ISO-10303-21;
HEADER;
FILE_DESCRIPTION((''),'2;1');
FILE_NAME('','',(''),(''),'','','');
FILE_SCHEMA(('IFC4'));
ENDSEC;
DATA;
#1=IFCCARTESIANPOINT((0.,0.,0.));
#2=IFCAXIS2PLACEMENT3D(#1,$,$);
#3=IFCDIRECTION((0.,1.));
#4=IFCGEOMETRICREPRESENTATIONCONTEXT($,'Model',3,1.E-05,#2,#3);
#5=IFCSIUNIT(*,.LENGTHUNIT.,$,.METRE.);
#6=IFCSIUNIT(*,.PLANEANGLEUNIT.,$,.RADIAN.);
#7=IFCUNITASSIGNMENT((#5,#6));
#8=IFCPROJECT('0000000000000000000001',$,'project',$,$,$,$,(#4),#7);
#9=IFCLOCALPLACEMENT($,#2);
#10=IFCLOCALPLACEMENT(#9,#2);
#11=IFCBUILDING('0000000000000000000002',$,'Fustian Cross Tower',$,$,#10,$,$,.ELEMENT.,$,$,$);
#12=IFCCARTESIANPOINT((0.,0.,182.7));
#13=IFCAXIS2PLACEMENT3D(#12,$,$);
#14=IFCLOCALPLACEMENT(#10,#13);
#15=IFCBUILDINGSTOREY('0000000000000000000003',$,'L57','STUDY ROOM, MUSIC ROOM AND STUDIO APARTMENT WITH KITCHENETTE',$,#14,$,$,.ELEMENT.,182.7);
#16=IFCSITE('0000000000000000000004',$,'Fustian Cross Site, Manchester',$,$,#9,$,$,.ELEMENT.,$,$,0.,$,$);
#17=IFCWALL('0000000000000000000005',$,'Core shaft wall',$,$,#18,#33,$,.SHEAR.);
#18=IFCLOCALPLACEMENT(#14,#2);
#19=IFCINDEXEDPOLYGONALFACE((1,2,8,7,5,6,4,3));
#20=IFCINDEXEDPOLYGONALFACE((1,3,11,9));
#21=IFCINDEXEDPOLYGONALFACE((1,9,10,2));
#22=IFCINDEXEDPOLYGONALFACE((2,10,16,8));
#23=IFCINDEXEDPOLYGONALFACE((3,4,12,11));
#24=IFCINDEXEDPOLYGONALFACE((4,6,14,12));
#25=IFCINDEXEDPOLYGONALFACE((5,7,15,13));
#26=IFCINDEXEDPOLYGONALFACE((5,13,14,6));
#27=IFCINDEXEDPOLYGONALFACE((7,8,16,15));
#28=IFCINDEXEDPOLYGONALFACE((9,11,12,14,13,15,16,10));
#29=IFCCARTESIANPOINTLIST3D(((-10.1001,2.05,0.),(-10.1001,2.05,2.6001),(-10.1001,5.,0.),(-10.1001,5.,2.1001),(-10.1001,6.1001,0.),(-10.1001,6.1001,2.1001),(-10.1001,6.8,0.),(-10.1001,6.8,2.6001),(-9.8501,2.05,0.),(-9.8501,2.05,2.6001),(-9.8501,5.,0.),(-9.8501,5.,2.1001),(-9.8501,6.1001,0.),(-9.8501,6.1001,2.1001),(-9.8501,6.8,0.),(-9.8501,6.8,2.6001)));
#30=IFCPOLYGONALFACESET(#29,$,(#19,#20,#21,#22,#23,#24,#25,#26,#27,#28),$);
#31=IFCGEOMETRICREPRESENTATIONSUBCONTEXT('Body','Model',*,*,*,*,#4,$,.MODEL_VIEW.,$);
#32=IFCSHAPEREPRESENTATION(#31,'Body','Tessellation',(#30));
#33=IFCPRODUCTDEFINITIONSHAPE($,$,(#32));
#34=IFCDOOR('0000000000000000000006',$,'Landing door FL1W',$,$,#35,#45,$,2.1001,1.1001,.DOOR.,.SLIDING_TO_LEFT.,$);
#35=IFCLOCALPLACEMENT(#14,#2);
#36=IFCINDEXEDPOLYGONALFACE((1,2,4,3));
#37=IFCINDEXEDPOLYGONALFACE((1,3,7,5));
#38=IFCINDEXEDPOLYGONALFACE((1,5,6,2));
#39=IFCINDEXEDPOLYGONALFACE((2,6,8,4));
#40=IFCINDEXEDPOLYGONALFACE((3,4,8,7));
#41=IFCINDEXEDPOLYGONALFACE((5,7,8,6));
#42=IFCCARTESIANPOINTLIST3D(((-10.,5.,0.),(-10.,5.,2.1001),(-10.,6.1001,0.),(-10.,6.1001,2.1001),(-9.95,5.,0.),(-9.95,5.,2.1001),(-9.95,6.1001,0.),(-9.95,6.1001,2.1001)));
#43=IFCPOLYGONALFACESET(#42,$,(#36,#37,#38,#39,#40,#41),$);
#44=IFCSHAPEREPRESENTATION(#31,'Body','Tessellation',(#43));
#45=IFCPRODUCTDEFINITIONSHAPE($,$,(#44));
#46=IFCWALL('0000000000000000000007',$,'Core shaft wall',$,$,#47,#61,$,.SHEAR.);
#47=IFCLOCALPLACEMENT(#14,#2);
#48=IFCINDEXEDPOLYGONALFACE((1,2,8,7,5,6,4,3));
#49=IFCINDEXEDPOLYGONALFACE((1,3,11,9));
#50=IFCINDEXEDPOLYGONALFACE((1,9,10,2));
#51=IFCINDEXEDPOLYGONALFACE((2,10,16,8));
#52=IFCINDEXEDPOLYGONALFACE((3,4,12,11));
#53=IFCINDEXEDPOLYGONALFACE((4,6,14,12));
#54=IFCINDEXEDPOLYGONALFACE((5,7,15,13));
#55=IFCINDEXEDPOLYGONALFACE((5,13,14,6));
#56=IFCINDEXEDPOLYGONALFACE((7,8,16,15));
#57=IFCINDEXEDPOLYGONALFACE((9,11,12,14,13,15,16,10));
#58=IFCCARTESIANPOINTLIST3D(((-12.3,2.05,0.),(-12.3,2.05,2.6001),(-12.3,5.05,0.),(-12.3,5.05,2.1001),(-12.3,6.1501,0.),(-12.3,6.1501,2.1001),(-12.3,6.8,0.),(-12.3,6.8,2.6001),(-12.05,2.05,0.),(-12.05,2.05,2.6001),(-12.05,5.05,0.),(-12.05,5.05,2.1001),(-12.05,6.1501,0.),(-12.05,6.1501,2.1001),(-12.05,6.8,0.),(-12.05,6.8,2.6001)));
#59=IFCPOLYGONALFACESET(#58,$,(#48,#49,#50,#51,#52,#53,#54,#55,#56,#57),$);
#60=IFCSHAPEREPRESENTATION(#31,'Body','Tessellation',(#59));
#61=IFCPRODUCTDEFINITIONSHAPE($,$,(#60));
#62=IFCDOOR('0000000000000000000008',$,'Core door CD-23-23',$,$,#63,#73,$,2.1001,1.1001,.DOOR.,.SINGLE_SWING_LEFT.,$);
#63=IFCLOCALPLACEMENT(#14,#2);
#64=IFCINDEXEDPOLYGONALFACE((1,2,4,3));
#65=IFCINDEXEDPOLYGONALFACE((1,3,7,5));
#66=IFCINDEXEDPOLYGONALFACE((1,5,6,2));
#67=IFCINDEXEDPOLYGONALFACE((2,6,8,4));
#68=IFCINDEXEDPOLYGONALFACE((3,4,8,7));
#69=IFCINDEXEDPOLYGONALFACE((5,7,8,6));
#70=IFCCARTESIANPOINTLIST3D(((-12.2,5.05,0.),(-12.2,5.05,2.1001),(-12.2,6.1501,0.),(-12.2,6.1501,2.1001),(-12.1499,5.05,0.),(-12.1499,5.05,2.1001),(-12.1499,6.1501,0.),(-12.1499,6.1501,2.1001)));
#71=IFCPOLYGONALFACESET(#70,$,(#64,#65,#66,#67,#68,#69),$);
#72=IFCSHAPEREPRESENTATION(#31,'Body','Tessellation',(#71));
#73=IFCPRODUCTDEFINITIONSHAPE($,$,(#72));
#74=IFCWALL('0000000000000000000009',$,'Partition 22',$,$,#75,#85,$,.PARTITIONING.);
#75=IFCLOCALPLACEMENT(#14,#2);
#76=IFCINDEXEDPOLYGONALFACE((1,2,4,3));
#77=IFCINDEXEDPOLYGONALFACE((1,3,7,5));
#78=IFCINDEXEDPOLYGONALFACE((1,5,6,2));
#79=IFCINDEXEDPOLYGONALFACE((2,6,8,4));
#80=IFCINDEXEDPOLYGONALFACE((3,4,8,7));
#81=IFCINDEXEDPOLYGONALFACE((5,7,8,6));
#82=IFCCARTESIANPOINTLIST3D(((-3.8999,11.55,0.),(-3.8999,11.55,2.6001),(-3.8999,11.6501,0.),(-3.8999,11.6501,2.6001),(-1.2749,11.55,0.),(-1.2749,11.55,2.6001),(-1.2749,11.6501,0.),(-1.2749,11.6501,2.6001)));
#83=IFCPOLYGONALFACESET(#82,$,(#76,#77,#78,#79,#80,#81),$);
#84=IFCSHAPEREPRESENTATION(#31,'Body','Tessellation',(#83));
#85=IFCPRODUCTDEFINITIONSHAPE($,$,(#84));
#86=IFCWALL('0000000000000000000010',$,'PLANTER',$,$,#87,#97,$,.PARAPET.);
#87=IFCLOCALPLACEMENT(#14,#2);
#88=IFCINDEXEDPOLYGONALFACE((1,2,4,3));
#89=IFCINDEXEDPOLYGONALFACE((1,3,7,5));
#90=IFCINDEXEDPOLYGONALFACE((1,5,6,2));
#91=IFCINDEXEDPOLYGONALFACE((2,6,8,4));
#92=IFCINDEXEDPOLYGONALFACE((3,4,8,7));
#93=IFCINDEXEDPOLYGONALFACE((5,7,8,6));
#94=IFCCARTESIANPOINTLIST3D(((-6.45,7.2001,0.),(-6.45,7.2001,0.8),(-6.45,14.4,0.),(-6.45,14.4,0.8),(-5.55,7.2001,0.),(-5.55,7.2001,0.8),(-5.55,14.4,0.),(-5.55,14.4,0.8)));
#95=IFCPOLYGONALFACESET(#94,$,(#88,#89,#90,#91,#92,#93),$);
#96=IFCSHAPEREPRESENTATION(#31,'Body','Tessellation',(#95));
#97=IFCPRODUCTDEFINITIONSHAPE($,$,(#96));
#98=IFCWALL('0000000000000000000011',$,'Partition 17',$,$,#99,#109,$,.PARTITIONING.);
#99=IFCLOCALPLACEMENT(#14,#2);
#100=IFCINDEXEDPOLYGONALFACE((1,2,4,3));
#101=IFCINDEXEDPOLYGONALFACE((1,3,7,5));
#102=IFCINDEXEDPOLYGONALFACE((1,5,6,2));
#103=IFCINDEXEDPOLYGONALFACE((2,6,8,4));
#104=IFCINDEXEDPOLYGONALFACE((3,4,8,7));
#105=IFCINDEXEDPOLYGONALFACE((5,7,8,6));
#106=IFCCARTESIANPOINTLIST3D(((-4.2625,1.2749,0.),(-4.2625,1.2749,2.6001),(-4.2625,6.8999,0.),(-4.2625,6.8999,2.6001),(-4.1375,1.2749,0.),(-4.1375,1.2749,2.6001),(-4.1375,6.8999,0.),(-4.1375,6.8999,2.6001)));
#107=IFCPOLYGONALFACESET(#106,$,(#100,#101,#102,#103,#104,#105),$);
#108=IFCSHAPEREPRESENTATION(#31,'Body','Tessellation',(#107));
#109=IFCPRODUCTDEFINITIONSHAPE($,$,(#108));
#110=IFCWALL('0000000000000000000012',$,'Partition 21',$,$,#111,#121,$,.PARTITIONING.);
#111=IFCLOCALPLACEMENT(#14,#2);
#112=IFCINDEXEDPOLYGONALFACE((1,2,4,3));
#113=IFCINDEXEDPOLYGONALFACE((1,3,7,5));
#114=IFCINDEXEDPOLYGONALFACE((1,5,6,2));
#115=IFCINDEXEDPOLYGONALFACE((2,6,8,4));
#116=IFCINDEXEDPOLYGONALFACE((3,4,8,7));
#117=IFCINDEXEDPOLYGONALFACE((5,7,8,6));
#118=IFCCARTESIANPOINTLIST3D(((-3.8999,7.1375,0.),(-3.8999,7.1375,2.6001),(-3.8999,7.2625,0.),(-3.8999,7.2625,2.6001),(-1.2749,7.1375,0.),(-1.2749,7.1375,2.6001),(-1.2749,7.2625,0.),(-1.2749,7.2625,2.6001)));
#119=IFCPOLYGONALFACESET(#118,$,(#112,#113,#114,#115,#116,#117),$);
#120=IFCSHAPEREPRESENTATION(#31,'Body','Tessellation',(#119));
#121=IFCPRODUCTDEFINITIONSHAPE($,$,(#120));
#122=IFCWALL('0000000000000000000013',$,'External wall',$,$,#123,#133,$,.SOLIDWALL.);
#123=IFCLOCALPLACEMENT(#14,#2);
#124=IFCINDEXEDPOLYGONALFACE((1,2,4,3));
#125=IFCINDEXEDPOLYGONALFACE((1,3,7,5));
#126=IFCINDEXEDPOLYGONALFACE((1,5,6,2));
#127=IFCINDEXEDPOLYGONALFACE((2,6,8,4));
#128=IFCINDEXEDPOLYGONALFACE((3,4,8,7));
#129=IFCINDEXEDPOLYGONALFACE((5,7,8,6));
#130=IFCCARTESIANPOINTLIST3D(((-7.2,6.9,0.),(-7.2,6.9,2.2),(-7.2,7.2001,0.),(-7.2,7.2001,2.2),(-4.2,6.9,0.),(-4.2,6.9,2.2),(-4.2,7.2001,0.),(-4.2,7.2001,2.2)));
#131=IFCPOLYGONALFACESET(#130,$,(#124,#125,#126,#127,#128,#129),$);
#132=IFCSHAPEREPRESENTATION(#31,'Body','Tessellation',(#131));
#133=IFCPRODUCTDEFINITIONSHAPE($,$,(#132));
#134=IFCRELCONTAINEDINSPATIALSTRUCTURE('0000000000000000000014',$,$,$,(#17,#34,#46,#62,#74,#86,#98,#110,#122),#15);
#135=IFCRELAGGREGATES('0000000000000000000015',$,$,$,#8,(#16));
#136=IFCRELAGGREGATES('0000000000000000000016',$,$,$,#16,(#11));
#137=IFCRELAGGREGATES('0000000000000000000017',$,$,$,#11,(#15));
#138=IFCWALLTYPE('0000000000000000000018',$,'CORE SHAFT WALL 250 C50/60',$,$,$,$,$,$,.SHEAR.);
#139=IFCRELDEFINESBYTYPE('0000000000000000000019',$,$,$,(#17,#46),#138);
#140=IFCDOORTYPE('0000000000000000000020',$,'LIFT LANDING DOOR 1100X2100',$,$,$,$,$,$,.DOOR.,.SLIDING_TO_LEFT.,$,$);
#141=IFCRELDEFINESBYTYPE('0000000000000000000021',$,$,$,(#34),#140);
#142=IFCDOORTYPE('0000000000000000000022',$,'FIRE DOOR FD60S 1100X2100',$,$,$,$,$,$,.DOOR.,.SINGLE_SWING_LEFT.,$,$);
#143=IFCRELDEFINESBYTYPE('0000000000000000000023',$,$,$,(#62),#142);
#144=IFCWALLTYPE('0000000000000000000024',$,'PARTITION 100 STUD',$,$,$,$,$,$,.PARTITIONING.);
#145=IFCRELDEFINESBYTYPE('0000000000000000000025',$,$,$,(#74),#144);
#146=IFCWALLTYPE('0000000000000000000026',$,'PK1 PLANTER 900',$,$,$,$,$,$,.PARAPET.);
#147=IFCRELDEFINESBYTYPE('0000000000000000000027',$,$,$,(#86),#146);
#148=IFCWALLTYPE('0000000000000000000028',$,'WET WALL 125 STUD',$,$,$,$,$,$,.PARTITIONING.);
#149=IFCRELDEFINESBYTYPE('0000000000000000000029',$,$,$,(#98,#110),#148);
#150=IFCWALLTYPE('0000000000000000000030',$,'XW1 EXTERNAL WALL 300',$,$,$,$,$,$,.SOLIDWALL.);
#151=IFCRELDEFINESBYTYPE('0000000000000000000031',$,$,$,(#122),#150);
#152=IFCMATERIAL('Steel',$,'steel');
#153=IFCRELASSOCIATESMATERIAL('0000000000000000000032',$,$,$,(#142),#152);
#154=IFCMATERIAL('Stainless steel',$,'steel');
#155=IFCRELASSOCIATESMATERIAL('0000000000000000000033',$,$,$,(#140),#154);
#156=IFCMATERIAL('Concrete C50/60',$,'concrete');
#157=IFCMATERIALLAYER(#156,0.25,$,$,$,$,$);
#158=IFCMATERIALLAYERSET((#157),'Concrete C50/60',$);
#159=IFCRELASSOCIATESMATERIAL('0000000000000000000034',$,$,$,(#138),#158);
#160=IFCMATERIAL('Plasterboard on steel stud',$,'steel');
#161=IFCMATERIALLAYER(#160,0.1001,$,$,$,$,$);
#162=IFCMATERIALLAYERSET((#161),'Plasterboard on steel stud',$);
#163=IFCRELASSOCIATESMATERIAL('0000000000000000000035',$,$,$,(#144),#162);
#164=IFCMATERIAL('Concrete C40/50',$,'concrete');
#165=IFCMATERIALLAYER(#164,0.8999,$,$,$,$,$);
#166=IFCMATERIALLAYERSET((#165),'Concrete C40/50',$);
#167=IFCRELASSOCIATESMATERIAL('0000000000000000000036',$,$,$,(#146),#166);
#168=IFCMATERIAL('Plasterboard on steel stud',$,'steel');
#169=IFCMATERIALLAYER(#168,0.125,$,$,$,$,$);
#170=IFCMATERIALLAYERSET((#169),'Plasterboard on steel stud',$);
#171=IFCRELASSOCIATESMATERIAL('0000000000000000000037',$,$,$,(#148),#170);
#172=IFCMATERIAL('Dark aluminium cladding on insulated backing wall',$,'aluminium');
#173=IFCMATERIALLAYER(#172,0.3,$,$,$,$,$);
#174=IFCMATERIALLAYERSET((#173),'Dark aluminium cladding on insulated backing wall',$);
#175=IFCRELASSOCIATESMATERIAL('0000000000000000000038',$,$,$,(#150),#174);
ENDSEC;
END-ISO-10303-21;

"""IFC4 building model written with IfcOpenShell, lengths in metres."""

from ifc_helpers import new_model, si_unit, direction, frame, frame_2d, origin, place, context, subcontext, project, spatial, rectangle, extrude, material, layer, layer_set, type_object, element, fill, save


model = new_model("IFC4")

# Units and contexts
model_context = context("Model", 3, precision=1e-05, world=origin(), true_north=direction((0.0, 1.0)))
body_context = subcontext(model_context, "Body", "Model", "MODEL_VIEW")
ifc_project = project(units=[si_unit("LENGTHUNIT", "METRE"), si_unit("PLANEANGLEUNIT", "RADIAN")], contexts=[model_context])

# Site, building, storey
site_placement = place(None, origin())
site = spatial("IfcSite", under=ifc_project, at=site_placement, Name="Fustian Cross Site, Manchester", CompositionType="ELEMENT", RefElevation=0.0)
building_placement = place(site_placement, origin())
building = spatial("IfcBuilding", under=site, at=building_placement, Name="Fustian Cross Tower", CompositionType="ELEMENT")
storey_placement = place(building_placement, frame((0.0, 0.0, 182.7)))
storey = spatial("IfcBuildingStorey", under=building, at=storey_placement, Name="L57", Description="STUDY ROOM, MUSIC ROOM AND STUDIO APARTMENT WITH KITCHENETTE", CompositionType="ELEMENT", Elevation=182.7)

# Shared definitions
ifc_material_1 = material(Name="Steel", Category="steel")
door_type_1 = type_object("IfcDoorType", Name="FIRE DOOR FD60S 1100X2100", OperationType="SINGLE_SWING_LEFT", PredefinedType="DOOR", material=ifc_material_1)
ifc_material_2 = material(Name="Stainless steel", Category="steel")
door_type_2 = type_object("IfcDoorType", Name="LIFT LANDING DOOR 1100X2100", OperationType="SLIDING_TO_LEFT", PredefinedType="DOOR", material=ifc_material_2)

# Shared definitions
ifc_material_3 = material(Name="Concrete C50/60", Category="concrete")
ifc_layer_1 = layer(ifc_material_3, 0.25)
ifc_layer_set_1 = layer_set([ifc_layer_1], Name="Concrete C50/60")
wall_type_1 = type_object("IfcWallType", Name="CORE SHAFT WALL 250 C50/60", PredefinedType="SHEAR", material=ifc_layer_set_1)

# Walls, openings, doors
wall_1_placement = place(storey_placement, frame((-9.9751, 2.05, 0.0), z_axis=(0.0, 0.0, 1.0), x_axis=(0.0, 1.0, 0.0)))
wall_1 = element("IfcWall", 1, at=wall_1_placement, inside=storey, type_object=wall_type_1, Name="Core shaft wall", PredefinedType="SHEAR", context=body_context, shape_type="SweptSolid", body=[
    extrude(rectangle(XDim=4.75, YDim=0.25, at=frame_2d((2.375, 0.0))), origin(), (0.0, 0.0, 1.0), 2.6001),
])
opening_1_placement = place(wall_1_placement, frame((2.95, 0.0, 0.0)))
opening_1 = element("IfcOpeningElement", 2, at=opening_1_placement, cuts=wall_1, PredefinedType="OPENING", context=body_context, shape_type="SweptSolid", body=[
    extrude(rectangle(XDim=1.1001, YDim=2.1001, at=frame_2d((0.55, 1.05))), frame((0.0, 0.135, 0.0), z_axis=(0.0, -1.0, 0.0), x_axis=(1.0, 0.0, 0.0)), (0.0, 0.0, 1.0), 0.27),
])
door_1_placement = place(opening_1_placement, origin())
door_1 = element("IfcDoor", 3, at=door_1_placement, inside=storey, type_object=door_type_2, Name="Landing door FL1W", OperationType="SLIDING_TO_LEFT", OverallHeight=2.1001, OverallWidth=1.1001, PredefinedType="DOOR", context=body_context, shape_type="SweptSolid", body=[
    extrude(rectangle(XDim=1.1001, YDim=2.1001, at=frame_2d((0.55, 1.05))), frame((0.0, 0.0249, 0.0), z_axis=(0.0, -1.0, 0.0), x_axis=(1.0, 0.0, 0.0)), (0.0, 0.0, 1.0), 0.05),
])
fill(opening_1, door_1)
wall_2_placement = place(storey_placement, frame((-12.175, 2.05, 0.0), z_axis=(0.0, 0.0, 1.0), x_axis=(0.0, 1.0, 0.0)))
wall_2 = element("IfcWall", 4, at=wall_2_placement, inside=storey, type_object=wall_type_1, Name="Core shaft wall", PredefinedType="SHEAR", context=body_context, shape_type="SweptSolid", body=[
    extrude(rectangle(XDim=4.75, YDim=0.25, at=frame_2d((2.375, 0.0))), origin(), (0.0, 0.0, 1.0), 2.6001),
])
opening_2_placement = place(wall_2_placement, frame((3.0, 0.0, 0.0)))
opening_2 = element("IfcOpeningElement", 5, at=opening_2_placement, cuts=wall_2, PredefinedType="OPENING", context=body_context, shape_type="SweptSolid", body=[
    extrude(rectangle(XDim=1.1001, YDim=2.1001, at=frame_2d((0.55, 1.05))), frame((0.0, 0.135, 0.0), z_axis=(0.0, -1.0, 0.0), x_axis=(1.0, 0.0, 0.0)), (0.0, 0.0, 1.0), 0.27),
])
door_2_placement = place(opening_2_placement, origin())
door_2 = element("IfcDoor", 6, at=door_2_placement, inside=storey, type_object=door_type_1, Name="Core door CD-23-23", OperationType="SINGLE_SWING_LEFT", OverallHeight=2.1001, OverallWidth=1.1001, PredefinedType="DOOR", context=body_context, shape_type="SweptSolid", body=[
    extrude(rectangle(XDim=1.1001, YDim=2.1001, at=frame_2d((0.55, 1.05))), frame((0.0, 0.0249, 0.0), z_axis=(0.0, -1.0, 0.0), x_axis=(1.0, 0.0, 0.0)), (0.0, 0.0, 1.0), 0.05),
])
fill(opening_2, door_2)

# Walls
ifc_material_4 = material(Name="Plasterboard on steel stud", Category="steel")
ifc_layer_2 = layer(ifc_material_4, 0.1001)
ifc_layer_set_2 = layer_set([ifc_layer_2], Name="Plasterboard on steel stud")
wall_type_2 = type_object("IfcWallType", Name="PARTITION 100 STUD", PredefinedType="PARTITIONING", material=ifc_layer_set_2)
wall_3_placement = place(storey_placement, frame((-3.8999, 11.6001, 0.0), z_axis=(0.0, 0.0, 1.0), x_axis=(1.0, 0.0, 0.0)))
element("IfcWall", 7, at=wall_3_placement, inside=storey, type_object=wall_type_2, Name="Partition 22", PredefinedType="PARTITIONING", context=body_context, shape_type="SweptSolid", body=[
    extrude(rectangle(XDim=2.625, YDim=0.1001, at=frame_2d((1.3125, 0.0))), origin(), (0.0, 0.0, 1.0), 2.6001),
])
ifc_material_5 = material(Name="Concrete C40/50", Category="concrete")
ifc_layer_3 = layer(ifc_material_5, 0.8999)
ifc_layer_set_3 = layer_set([ifc_layer_3], Name="Concrete C40/50")
wall_type_3 = type_object("IfcWallType", Name="PK1 PLANTER 900", PredefinedType="PARAPET", material=ifc_layer_set_3)
wall_4_placement = place(storey_placement, frame((-6.0, 7.2, 0.0), z_axis=(0.0, 0.0, 1.0), x_axis=(0.0, 1.0, 0.0)))
element("IfcWall", 8, at=wall_4_placement, inside=storey, type_object=wall_type_3, Name="PLANTER", PredefinedType="PARAPET", context=body_context, shape_type="SweptSolid", body=[
    extrude(rectangle(XDim=7.2, YDim=0.8999, at=frame_2d((3.6001, 0.0))), origin(), (0.0, 0.0, 1.0), 0.8),
])
ifc_material_6 = material(Name="Plasterboard on steel stud", Category="steel")
ifc_layer_4 = layer(ifc_material_6, 0.125)
ifc_layer_set_4 = layer_set([ifc_layer_4], Name="Plasterboard on steel stud")
wall_type_4 = type_object("IfcWallType", Name="WET WALL 125 STUD", PredefinedType="PARTITIONING", material=ifc_layer_set_4)
wall_5_placement = place(storey_placement, frame((-4.2, 1.2749, 0.0), z_axis=(0.0, 0.0, 1.0), x_axis=(0.0, 1.0, 0.0)))
element("IfcWall", 9, at=wall_5_placement, inside=storey, type_object=wall_type_4, Name="Partition 17", PredefinedType="PARTITIONING", context=body_context, shape_type="SweptSolid", body=[
    extrude(rectangle(XDim=5.625, YDim=0.125, at=frame_2d((2.8125, 0.0))), origin(), (0.0, 0.0, 1.0), 2.6001),
])
wall_6_placement = place(storey_placement, frame((-3.8999, 7.2, 0.0), z_axis=(0.0, 0.0, 1.0), x_axis=(1.0, 0.0, 0.0)))
element("IfcWall", 10, at=wall_6_placement, inside=storey, type_object=wall_type_4, Name="Partition 21", PredefinedType="PARTITIONING", context=body_context, shape_type="SweptSolid", body=[
    extrude(rectangle(XDim=2.625, YDim=0.125, at=frame_2d((1.3125, 0.0))), origin(), (0.0, 0.0, 1.0), 2.6001),
])
ifc_material_7 = material(Name="Dark aluminium cladding on insulated backing wall", Category="aluminium")
ifc_layer_5 = layer(ifc_material_7, 0.3)
ifc_layer_set_5 = layer_set([ifc_layer_5], Name="Dark aluminium cladding on insulated backing wall")
wall_type_5 = type_object("IfcWallType", Name="XW1 EXTERNAL WALL 300", PredefinedType="SOLIDWALL", material=ifc_layer_set_5)
wall_7_placement = place(storey_placement, frame((-4.2, 7.05, 0.0), z_axis=(0.0, 0.0, 1.0), x_axis=(-1.0, 0.0, 0.0)))
element("IfcWall", 11, at=wall_7_placement, inside=storey, type_object=wall_type_5, Name="External wall", PredefinedType="SOLIDWALL", context=body_context, shape_type="SweptSolid", body=[
    extrude(rectangle(XDim=3.0, YDim=0.3, at=frame_2d((1.5, 0.0))), origin(), (0.0, 0.0, 1.0), 2.2),
])

save(model, "model.ifc")
